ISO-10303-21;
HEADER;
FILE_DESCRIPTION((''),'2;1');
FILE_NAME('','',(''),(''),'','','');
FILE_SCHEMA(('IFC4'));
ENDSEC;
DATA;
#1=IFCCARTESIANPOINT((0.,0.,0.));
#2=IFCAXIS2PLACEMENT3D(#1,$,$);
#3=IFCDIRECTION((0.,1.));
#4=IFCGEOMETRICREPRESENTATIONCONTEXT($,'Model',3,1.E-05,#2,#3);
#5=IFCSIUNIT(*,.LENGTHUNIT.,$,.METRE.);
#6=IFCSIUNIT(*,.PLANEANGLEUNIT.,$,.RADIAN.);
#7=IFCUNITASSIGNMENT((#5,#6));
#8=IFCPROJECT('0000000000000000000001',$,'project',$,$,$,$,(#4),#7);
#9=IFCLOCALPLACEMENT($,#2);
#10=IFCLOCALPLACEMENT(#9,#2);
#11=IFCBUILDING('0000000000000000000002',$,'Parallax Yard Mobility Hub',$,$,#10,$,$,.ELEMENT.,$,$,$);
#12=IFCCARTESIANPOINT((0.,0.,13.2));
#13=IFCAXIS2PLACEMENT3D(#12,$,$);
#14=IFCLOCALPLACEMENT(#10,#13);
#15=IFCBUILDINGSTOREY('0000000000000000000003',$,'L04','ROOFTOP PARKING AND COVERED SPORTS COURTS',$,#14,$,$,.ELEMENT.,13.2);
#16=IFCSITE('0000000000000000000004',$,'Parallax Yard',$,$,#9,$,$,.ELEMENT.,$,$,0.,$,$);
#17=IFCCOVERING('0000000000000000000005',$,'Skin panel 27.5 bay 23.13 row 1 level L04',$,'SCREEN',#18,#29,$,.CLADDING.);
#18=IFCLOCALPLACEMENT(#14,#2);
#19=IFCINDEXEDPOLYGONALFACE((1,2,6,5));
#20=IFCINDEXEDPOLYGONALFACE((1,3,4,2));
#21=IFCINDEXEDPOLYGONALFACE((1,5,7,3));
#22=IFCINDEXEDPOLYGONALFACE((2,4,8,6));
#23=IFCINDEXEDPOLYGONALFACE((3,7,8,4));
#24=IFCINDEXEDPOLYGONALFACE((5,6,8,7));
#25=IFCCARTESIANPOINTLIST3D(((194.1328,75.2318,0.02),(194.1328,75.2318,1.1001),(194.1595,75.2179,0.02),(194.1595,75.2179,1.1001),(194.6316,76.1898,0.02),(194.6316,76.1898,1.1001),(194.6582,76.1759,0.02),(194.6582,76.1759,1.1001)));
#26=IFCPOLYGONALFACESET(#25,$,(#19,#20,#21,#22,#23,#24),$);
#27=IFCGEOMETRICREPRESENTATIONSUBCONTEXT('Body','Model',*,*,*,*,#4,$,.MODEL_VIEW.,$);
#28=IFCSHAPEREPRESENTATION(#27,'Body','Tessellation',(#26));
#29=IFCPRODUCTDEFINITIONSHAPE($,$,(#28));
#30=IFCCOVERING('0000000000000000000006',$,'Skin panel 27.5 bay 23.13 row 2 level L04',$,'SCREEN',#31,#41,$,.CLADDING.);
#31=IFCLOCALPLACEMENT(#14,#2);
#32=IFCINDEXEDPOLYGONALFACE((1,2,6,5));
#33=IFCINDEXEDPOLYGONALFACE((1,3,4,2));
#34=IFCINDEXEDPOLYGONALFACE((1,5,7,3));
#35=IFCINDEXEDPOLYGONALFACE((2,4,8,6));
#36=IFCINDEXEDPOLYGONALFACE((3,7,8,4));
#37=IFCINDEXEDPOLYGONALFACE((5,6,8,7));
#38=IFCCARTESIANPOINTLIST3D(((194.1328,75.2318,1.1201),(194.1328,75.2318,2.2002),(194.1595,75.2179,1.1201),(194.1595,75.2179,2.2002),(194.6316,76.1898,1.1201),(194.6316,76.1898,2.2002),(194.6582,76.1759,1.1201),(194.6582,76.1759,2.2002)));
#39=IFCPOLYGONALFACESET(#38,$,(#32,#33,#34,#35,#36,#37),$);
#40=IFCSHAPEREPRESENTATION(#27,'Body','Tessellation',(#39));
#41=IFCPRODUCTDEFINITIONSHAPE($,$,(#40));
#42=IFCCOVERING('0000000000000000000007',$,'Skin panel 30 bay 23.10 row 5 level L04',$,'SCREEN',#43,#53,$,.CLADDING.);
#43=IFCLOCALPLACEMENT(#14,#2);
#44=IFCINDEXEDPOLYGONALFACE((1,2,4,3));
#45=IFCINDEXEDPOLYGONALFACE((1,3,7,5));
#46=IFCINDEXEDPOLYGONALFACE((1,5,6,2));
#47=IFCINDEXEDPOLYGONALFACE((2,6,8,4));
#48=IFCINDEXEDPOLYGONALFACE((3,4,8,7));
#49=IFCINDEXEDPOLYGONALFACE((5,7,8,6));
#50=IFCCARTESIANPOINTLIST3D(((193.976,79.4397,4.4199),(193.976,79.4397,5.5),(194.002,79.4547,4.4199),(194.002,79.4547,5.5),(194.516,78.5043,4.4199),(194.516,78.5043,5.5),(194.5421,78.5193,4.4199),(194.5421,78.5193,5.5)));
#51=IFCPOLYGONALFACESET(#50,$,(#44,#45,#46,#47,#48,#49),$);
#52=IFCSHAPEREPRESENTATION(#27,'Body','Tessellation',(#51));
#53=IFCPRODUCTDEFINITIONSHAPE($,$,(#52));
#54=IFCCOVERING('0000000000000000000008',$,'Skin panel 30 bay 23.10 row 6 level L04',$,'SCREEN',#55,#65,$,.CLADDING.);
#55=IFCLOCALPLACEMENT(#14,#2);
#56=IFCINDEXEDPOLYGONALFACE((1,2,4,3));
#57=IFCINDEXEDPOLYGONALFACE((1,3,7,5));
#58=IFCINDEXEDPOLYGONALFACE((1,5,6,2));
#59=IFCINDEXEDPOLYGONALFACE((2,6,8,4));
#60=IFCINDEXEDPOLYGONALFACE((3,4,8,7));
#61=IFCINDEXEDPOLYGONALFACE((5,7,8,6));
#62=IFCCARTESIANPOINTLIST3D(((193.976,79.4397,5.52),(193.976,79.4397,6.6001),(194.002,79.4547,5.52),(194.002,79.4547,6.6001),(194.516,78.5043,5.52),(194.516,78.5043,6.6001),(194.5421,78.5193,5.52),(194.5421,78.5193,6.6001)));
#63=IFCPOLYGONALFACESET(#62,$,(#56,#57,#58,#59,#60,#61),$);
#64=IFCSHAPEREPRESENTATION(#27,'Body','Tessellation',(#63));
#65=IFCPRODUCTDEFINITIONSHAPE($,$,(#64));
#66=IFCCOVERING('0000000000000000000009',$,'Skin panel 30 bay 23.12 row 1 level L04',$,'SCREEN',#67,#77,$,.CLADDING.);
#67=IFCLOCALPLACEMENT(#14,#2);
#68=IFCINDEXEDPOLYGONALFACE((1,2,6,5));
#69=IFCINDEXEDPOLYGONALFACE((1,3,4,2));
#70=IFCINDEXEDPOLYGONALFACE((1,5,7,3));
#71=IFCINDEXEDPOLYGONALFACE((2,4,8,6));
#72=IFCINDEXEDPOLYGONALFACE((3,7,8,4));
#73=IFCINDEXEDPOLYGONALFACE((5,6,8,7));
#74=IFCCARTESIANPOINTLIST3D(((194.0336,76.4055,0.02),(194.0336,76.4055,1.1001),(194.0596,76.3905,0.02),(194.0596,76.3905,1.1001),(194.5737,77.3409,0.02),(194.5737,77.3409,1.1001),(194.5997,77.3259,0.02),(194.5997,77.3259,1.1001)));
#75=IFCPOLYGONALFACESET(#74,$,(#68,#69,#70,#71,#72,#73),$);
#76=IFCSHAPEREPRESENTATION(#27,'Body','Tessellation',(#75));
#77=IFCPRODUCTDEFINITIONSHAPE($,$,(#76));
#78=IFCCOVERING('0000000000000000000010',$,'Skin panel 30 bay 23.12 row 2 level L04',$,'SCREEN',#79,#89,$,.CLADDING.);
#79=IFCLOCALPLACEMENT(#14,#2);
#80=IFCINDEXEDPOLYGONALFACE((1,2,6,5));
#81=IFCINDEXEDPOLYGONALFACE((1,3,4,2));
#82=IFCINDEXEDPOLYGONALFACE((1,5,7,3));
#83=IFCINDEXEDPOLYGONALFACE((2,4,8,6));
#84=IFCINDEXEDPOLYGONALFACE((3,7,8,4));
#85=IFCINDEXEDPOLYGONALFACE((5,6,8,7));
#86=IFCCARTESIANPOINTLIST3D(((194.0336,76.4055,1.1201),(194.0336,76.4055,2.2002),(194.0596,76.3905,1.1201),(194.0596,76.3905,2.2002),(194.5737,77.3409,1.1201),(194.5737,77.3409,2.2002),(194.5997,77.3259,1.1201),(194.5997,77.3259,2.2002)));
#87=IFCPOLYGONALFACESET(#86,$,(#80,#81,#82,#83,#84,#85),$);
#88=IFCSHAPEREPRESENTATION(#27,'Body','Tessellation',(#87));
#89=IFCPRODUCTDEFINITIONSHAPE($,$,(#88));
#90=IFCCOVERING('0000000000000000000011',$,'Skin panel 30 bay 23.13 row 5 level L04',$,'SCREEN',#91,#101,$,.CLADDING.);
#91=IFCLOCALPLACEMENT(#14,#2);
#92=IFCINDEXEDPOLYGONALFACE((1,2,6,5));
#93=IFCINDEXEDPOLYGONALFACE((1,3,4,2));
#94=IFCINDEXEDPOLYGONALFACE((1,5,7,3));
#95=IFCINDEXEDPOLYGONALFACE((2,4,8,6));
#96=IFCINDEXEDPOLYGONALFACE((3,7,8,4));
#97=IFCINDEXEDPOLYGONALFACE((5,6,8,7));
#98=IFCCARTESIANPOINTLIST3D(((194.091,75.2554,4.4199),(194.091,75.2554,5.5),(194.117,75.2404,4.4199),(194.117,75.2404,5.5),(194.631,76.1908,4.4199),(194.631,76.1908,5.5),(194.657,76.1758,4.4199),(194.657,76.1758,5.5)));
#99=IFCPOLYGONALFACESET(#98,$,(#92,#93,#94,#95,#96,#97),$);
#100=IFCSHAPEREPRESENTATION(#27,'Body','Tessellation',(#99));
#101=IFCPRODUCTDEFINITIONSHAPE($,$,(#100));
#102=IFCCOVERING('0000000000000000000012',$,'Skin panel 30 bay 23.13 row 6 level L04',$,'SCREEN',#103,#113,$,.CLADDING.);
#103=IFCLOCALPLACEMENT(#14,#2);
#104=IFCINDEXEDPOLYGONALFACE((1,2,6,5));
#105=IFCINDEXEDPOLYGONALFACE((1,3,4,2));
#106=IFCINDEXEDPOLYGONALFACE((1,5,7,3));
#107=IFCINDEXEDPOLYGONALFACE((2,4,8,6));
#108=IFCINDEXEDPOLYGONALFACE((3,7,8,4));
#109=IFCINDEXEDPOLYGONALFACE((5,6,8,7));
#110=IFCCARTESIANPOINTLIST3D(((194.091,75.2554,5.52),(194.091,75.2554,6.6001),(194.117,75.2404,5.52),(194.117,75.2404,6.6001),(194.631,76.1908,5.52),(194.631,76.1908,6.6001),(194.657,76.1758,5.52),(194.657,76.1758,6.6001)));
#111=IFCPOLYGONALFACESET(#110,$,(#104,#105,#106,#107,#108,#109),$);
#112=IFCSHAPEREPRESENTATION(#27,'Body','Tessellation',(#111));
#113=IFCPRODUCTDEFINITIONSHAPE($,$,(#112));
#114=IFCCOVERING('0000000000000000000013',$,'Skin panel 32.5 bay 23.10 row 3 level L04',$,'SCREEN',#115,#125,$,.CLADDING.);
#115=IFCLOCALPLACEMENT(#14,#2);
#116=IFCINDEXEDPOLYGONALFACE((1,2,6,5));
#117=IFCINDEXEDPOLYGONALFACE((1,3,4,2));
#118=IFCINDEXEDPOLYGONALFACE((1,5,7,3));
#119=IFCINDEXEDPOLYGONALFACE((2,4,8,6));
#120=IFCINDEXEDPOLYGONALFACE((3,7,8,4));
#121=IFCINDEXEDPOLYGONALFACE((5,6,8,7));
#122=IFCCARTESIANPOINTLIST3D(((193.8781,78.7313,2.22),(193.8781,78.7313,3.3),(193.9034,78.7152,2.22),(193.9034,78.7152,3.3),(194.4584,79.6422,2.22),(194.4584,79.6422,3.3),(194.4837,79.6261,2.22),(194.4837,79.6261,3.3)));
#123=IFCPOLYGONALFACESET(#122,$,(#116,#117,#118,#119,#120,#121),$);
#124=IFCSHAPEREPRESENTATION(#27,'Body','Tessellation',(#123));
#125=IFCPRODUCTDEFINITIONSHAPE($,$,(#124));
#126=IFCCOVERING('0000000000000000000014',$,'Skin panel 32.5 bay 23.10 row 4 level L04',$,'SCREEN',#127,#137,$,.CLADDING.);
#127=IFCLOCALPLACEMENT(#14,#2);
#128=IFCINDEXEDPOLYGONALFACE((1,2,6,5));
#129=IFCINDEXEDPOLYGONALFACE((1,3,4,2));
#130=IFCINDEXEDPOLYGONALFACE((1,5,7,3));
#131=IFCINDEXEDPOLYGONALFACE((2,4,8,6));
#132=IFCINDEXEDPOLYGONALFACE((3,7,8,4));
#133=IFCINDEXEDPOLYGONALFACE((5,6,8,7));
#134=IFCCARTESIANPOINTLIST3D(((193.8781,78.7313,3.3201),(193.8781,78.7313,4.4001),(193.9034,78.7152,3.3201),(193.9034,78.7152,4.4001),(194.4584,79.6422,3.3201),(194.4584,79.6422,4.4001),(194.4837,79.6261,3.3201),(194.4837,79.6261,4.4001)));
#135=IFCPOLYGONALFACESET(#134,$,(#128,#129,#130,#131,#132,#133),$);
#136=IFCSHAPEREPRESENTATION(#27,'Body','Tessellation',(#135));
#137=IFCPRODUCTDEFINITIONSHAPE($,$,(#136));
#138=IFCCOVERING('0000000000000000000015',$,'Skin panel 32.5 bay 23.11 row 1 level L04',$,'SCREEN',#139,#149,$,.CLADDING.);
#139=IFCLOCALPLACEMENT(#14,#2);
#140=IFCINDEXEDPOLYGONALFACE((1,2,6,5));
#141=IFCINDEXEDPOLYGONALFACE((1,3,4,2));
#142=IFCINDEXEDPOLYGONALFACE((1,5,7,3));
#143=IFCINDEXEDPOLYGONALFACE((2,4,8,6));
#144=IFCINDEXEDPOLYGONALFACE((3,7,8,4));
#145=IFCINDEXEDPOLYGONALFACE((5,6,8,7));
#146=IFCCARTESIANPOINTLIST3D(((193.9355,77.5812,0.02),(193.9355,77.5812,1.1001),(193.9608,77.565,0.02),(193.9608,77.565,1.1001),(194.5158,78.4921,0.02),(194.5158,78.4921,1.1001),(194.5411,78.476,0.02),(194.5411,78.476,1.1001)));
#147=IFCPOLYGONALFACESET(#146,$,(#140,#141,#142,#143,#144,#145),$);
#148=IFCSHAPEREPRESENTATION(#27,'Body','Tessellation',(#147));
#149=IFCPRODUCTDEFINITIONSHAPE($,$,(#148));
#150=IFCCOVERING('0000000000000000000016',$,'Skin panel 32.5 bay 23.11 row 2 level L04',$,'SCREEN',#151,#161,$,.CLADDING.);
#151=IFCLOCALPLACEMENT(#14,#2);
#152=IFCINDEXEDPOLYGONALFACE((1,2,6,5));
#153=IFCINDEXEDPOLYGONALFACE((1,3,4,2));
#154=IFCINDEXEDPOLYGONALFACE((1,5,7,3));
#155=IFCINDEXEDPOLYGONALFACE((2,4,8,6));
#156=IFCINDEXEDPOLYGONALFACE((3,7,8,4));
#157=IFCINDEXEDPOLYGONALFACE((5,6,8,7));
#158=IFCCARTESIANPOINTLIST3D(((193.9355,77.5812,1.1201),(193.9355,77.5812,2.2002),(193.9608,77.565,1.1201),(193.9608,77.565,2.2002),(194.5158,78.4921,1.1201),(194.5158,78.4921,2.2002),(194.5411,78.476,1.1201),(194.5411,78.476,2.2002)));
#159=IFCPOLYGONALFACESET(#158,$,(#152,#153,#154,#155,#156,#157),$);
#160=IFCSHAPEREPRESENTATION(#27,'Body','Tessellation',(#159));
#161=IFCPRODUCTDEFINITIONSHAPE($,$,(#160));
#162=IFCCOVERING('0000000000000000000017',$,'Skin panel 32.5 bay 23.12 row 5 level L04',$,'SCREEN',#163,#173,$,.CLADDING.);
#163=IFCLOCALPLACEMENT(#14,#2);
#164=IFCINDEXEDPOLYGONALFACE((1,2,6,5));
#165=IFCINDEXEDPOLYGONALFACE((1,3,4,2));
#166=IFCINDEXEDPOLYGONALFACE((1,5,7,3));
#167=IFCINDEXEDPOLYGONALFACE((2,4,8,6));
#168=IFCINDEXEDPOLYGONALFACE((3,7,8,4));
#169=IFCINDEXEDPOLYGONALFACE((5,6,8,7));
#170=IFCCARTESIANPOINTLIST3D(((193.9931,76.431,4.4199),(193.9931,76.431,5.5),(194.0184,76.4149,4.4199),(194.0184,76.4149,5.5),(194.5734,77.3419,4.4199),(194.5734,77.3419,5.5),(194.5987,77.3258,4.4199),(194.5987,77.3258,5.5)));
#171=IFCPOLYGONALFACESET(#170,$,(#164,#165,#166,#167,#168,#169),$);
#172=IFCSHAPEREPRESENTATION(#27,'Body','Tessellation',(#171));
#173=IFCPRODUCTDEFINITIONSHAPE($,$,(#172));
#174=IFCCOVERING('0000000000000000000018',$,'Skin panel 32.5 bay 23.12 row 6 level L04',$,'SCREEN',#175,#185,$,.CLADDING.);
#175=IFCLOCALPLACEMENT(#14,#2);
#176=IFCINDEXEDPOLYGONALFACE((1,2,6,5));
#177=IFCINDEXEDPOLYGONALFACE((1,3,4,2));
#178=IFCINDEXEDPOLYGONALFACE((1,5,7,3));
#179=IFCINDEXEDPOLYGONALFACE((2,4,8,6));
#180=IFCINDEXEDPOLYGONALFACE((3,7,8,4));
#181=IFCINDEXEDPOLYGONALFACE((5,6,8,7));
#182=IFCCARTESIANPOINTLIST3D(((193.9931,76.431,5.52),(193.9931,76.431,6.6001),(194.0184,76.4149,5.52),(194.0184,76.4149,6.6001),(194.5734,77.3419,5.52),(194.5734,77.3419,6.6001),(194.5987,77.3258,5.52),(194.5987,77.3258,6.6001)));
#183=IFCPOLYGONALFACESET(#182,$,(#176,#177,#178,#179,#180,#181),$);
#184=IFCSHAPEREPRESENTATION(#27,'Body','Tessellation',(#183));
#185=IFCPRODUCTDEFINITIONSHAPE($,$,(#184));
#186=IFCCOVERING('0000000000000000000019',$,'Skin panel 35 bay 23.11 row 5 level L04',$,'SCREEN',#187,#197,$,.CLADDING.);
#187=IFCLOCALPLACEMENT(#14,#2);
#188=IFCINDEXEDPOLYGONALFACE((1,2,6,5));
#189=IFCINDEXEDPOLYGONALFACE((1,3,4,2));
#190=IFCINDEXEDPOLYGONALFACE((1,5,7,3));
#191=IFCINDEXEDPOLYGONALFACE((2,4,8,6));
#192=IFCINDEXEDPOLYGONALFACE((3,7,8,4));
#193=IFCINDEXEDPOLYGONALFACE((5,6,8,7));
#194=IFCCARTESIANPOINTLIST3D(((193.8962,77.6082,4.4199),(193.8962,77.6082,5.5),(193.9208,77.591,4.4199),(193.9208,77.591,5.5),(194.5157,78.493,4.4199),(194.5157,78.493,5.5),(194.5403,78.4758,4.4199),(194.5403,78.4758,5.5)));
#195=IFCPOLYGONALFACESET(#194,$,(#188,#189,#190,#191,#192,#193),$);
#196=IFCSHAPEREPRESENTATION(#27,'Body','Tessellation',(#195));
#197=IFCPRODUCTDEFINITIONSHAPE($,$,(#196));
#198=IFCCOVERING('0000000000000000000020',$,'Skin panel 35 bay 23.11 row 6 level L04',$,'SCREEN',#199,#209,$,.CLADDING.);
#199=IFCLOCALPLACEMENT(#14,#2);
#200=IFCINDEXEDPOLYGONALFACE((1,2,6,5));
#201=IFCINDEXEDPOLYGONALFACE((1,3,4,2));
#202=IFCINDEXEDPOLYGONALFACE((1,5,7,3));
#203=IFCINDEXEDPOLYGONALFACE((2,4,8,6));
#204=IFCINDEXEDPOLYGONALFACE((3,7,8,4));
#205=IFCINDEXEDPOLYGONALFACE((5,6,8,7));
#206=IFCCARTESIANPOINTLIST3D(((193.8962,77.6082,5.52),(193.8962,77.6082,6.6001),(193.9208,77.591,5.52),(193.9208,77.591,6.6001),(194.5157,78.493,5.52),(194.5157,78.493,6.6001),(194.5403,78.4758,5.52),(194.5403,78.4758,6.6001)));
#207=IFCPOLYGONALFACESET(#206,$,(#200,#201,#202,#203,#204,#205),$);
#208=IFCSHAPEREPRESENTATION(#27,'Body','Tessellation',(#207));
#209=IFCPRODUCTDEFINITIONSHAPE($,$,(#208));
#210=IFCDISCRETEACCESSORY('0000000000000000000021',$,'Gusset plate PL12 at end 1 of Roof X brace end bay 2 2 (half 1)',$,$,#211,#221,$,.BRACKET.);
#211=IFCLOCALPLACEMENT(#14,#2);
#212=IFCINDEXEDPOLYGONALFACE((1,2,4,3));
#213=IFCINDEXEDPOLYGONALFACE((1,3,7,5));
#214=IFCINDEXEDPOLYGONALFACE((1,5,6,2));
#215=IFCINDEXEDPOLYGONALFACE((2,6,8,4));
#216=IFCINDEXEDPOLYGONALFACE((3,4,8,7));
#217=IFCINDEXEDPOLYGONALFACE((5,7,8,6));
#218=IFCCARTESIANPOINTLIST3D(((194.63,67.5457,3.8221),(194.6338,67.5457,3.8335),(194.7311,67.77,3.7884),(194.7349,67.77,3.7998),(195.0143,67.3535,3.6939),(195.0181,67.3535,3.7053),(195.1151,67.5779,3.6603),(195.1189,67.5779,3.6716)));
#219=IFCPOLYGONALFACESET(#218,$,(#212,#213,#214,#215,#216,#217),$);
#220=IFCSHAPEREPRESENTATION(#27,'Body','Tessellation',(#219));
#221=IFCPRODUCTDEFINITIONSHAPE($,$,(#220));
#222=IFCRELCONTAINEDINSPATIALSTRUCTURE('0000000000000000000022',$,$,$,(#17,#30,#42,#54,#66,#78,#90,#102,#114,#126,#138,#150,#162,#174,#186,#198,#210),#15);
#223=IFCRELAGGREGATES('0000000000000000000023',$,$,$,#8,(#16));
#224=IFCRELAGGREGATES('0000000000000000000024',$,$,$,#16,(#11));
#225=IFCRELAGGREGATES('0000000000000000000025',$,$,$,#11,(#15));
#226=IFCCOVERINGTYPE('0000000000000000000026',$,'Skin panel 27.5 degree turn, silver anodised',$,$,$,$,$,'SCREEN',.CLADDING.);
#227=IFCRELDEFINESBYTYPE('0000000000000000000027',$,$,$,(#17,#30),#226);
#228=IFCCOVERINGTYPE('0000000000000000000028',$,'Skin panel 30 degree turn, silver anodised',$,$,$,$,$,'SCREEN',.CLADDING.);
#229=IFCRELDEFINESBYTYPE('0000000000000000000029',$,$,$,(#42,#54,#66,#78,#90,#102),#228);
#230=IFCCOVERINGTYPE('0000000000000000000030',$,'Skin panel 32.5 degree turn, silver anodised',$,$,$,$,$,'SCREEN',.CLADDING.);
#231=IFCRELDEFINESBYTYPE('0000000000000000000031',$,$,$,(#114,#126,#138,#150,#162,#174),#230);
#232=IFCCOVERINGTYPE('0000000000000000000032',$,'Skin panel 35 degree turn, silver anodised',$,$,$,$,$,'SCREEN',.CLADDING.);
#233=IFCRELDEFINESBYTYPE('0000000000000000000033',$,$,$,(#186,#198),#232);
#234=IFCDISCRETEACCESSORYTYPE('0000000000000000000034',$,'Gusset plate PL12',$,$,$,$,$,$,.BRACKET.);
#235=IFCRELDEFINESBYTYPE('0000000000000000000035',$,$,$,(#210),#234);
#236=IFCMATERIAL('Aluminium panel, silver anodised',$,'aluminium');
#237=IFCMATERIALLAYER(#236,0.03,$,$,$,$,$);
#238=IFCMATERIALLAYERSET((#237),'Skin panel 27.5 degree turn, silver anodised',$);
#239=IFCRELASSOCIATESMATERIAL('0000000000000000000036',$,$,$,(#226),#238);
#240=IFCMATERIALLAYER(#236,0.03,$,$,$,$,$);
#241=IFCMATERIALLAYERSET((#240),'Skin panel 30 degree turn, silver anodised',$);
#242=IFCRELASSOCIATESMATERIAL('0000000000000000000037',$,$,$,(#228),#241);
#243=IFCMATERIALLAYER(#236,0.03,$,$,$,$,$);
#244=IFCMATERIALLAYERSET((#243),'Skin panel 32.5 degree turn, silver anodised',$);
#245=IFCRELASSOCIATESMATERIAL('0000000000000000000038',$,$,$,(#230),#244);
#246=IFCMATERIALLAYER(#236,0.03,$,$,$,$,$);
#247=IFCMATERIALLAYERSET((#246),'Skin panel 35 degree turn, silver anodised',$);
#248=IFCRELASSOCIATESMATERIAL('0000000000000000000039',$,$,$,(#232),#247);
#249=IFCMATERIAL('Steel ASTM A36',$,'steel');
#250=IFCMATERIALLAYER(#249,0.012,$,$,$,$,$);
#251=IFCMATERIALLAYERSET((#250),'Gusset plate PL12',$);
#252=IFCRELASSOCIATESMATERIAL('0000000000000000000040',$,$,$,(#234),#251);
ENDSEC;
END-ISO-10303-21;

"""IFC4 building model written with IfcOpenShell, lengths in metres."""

from ifc_helpers import new_model, si_unit, direction, frame, origin, origin_2d, place, context, subcontext, project, spatial, polyline, rectangle, outline, extrude, material, layer, layer_set, type_object, element, save


model = new_model("IFC4")

# Units and contexts
model_context = context("Model", 3, precision=1e-05, world=origin(), true_north=direction((0.0, 1.0)))
body_context = subcontext(model_context, "Body", "Model", "MODEL_VIEW")
ifc_project = project(units=[si_unit("LENGTHUNIT", "METRE"), si_unit("PLANEANGLEUNIT", "RADIAN")], contexts=[model_context])

# Site, building, storey
site_placement = place(None, origin())
site = spatial("IfcSite", under=ifc_project, at=site_placement, Name="Parallax Yard", CompositionType="ELEMENT", RefElevation=0.0)
building_placement = place(site_placement, origin())
building = spatial("IfcBuilding", under=site, at=building_placement, Name="Parallax Yard Mobility Hub", CompositionType="ELEMENT")
storey_placement = place(building_placement, frame((0.0, 0.0, 13.2)))
storey = spatial("IfcBuildingStorey", under=building, at=storey_placement, Name="L04", Description="ROOFTOP PARKING AND COVERED SPORTS COURTS", CompositionType="ELEMENT", Elevation=13.2)

# Coverings
ifc_material_1 = material(Name="Aluminium panel, silver anodised", Category="aluminium")
ifc_layer_1 = layer(ifc_material_1, 0.03)
ifc_layer_set_1 = layer_set([ifc_layer_1], Name="Skin panel 27.5 degree turn, silver anodised")
covering_type_1 = type_object("IfcCoveringType", Name="Skin panel 27.5 degree turn, silver anodised", ElementType="SCREEN", PredefinedType="CLADDING", material=ifc_layer_set_1)
for number, where, z_axis, x_axis, name in (
    (1, (194.3955, 75.7039, 0.02), (0.0, 0.0, 1.0), (-0.461749, -0.887011, 0.0), "Skin panel 27.5 bay 23.13 row 1 level L04"),
    (2, (194.3955, 75.7039, 1.1201), (0.0, 0.0, 1.0), (-0.461749, -0.887011, 0.0), "Skin panel 27.5 bay 23.13 row 2 level L04"),
):
    element("IfcCovering", number, at=place(storey_placement, frame(where, z_axis=z_axis, x_axis=x_axis)), inside=storey, type_object=covering_type_1, Name=name, ObjectType="SCREEN", PredefinedType="CLADDING", context=body_context, shape_type="SweptSolid", body=[
        extrude(rectangle(XDim=1.0801, YDim=0.03, at=origin_2d()), origin(), (0.0, 0.0, 1.0), 1.0801),
    ])
ifc_layer_2 = layer(ifc_material_1, 0.03)
ifc_layer_set_2 = layer_set([ifc_layer_2], Name="Skin panel 30 degree turn, silver anodised")
covering_type_2 = type_object("IfcCoveringType", Name="Skin panel 30 degree turn, silver anodised", ElementType="SCREEN", PredefinedType="CLADDING", material=ifc_layer_set_2)
for number, where, z_axis, x_axis, name in (
    (3, (194.259, 78.9795, 4.4199), (0.0, 0.0, 1.0), (-0.5, 0.866025, 0.0), "Skin panel 30 bay 23.10 row 5 level L04"),
    (4, (194.259, 78.9795, 5.52), (0.0, 0.0, 1.0), (-0.5, 0.866025, 0.0), "Skin panel 30 bay 23.10 row 6 level L04"),
    (5, (194.3167, 76.8657, 0.02), (0.0, 0.0, 1.0), (-0.5, -0.866025, 0.0), "Skin panel 30 bay 23.12 row 1 level L04"),
    (6, (194.3167, 76.8657, 1.1201), (0.0, 0.0, 1.0), (-0.5, -0.866025, 0.0), "Skin panel 30 bay 23.12 row 2 level L04"),
    (7, (194.374, 75.7156, 4.4199), (0.0, 0.0, 1.0), (-0.5, -0.866025, 0.0), "Skin panel 30 bay 23.13 row 5 level L04"),
    (8, (194.374, 75.7156, 5.52), (0.0, 0.0, 1.0), (-0.5, -0.866025, 0.0), "Skin panel 30 bay 23.13 row 6 level L04"),
):
    element("IfcCovering", number, at=place(storey_placement, frame(where, z_axis=z_axis, x_axis=x_axis)), inside=storey, type_object=covering_type_2, Name=name, ObjectType="SCREEN", PredefinedType="CLADDING", context=body_context, shape_type="SweptSolid", body=[
        extrude(rectangle(XDim=1.0801, YDim=0.03, at=origin_2d()), origin(), (0.0, 0.0, 1.0), 1.0801),
    ])
ifc_layer_3 = layer(ifc_material_1, 0.03)
ifc_layer_set_3 = layer_set([ifc_layer_3], Name="Skin panel 32.5 degree turn, silver anodised")
covering_type_3 = type_object("IfcCoveringType", Name="Skin panel 32.5 degree turn, silver anodised", ElementType="SCREEN", PredefinedType="CLADDING", material=ifc_layer_set_3)
for number, where, z_axis, x_axis, name in (
    (9, (194.1809, 79.1787, 2.22), (0.0, 0.0, 1.0), (-0.5373, -0.843391, 0.0), "Skin panel 32.5 bay 23.10 row 3 level L04"),
    (10, (194.1809, 79.1787, 3.3201), (0.0, 0.0, 1.0), (-0.5373, -0.843391, 0.0), "Skin panel 32.5 bay 23.10 row 4 level L04"),
    (11, (194.2383, 78.0286, 0.02), (0.0, 0.0, 1.0), (-0.5373, -0.843391, 0.0), "Skin panel 32.5 bay 23.11 row 1 level L04"),
    (12, (194.2383, 78.0286, 1.1201), (0.0, 0.0, 1.0), (-0.5373, -0.843391, 0.0), "Skin panel 32.5 bay 23.11 row 2 level L04"),
    (13, (194.2959, 76.8784, 4.4199), (0.0, 0.0, 1.0), (-0.5373, -0.843391, 0.0), "Skin panel 32.5 bay 23.12 row 5 level L04"),
    (14, (194.2959, 76.8784, 5.52), (0.0, 0.0, 1.0), (-0.5373, -0.843391, 0.0), "Skin panel 32.5 bay 23.12 row 6 level L04"),
):
    element("IfcCovering", number, at=place(storey_placement, frame(where, z_axis=z_axis, x_axis=x_axis)), inside=storey, type_object=covering_type_3, Name=name, ObjectType="SCREEN", PredefinedType="CLADDING", context=body_context, shape_type="SweptSolid", body=[
        extrude(rectangle(XDim=1.0801, YDim=0.03, at=origin_2d()), origin(), (0.0, 0.0, 1.0), 1.0801),
    ])
ifc_layer_4 = layer(ifc_material_1, 0.03)
ifc_layer_set_4 = layer_set([ifc_layer_4], Name="Skin panel 35 degree turn, silver anodised")
covering_type_4 = type_object("IfcCoveringType", Name="Skin panel 35 degree turn, silver anodised", ElementType="SCREEN", PredefinedType="CLADDING", material=ifc_layer_set_4)
for number, where, z_axis, x_axis, name in (
    (15, (194.2183, 78.042, 4.4199), (0.0, 0.0, 1.0), (-0.573576, -0.819152, 0.0), "Skin panel 35 bay 23.11 row 5 level L04"),
    (16, (194.2183, 78.042, 5.52), (0.0, 0.0, 1.0), (-0.573576, -0.819152, 0.0), "Skin panel 35 bay 23.11 row 6 level L04"),
):
    element("IfcCovering", number, at=place(storey_placement, frame(where, z_axis=z_axis, x_axis=x_axis)), inside=storey, type_object=covering_type_4, Name=name, ObjectType="SCREEN", PredefinedType="CLADDING", context=body_context, shape_type="SweptSolid", body=[
        extrude(rectangle(XDim=1.0801, YDim=0.03, at=origin_2d()), origin(), (0.0, 0.0, 1.0), 1.0801),
    ])

# Discrete accessory
ifc_material_2 = material(Name="Steel ASTM A36", Category="steel")
ifc_layer_5 = layer(ifc_material_2, 0.012)
ifc_layer_set_5 = layer_set([ifc_layer_5], Name="Gusset plate PL12")
discrete_accessory_type_1 = type_object("IfcDiscreteAccessoryType", Name="Gusset plate PL12", PredefinedType="BRACKET", material=ifc_layer_set_5)
discrete_accessory_1_placement = place(storey_placement, frame((194.6338, 67.5457, 3.8335), z_axis=(0.316512, 0.00003, 0.948588), x_axis=(0.857071, -0.428549, -0.285963)))
element("IfcDiscreteAccessory", 17, at=discrete_accessory_1_placement, inside=storey, type_object=discrete_accessory_type_1, Name="Gusset plate PL12 at end 1 of Roof X brace end bay 2 2 (half 1)", PredefinedType="BRACKET", context=body_context, shape_type="SweptSolid", body=[
    extrude(outline(polyline([(0.0, 0.0), (0.4483, 0.0), (0.4482, 0.2483), (0.0001, 0.2484), (0.0, 0.0)])), origin(), (0.0, 0.0, -1.0), 0.012),
])

save(model, "model.ifc")
